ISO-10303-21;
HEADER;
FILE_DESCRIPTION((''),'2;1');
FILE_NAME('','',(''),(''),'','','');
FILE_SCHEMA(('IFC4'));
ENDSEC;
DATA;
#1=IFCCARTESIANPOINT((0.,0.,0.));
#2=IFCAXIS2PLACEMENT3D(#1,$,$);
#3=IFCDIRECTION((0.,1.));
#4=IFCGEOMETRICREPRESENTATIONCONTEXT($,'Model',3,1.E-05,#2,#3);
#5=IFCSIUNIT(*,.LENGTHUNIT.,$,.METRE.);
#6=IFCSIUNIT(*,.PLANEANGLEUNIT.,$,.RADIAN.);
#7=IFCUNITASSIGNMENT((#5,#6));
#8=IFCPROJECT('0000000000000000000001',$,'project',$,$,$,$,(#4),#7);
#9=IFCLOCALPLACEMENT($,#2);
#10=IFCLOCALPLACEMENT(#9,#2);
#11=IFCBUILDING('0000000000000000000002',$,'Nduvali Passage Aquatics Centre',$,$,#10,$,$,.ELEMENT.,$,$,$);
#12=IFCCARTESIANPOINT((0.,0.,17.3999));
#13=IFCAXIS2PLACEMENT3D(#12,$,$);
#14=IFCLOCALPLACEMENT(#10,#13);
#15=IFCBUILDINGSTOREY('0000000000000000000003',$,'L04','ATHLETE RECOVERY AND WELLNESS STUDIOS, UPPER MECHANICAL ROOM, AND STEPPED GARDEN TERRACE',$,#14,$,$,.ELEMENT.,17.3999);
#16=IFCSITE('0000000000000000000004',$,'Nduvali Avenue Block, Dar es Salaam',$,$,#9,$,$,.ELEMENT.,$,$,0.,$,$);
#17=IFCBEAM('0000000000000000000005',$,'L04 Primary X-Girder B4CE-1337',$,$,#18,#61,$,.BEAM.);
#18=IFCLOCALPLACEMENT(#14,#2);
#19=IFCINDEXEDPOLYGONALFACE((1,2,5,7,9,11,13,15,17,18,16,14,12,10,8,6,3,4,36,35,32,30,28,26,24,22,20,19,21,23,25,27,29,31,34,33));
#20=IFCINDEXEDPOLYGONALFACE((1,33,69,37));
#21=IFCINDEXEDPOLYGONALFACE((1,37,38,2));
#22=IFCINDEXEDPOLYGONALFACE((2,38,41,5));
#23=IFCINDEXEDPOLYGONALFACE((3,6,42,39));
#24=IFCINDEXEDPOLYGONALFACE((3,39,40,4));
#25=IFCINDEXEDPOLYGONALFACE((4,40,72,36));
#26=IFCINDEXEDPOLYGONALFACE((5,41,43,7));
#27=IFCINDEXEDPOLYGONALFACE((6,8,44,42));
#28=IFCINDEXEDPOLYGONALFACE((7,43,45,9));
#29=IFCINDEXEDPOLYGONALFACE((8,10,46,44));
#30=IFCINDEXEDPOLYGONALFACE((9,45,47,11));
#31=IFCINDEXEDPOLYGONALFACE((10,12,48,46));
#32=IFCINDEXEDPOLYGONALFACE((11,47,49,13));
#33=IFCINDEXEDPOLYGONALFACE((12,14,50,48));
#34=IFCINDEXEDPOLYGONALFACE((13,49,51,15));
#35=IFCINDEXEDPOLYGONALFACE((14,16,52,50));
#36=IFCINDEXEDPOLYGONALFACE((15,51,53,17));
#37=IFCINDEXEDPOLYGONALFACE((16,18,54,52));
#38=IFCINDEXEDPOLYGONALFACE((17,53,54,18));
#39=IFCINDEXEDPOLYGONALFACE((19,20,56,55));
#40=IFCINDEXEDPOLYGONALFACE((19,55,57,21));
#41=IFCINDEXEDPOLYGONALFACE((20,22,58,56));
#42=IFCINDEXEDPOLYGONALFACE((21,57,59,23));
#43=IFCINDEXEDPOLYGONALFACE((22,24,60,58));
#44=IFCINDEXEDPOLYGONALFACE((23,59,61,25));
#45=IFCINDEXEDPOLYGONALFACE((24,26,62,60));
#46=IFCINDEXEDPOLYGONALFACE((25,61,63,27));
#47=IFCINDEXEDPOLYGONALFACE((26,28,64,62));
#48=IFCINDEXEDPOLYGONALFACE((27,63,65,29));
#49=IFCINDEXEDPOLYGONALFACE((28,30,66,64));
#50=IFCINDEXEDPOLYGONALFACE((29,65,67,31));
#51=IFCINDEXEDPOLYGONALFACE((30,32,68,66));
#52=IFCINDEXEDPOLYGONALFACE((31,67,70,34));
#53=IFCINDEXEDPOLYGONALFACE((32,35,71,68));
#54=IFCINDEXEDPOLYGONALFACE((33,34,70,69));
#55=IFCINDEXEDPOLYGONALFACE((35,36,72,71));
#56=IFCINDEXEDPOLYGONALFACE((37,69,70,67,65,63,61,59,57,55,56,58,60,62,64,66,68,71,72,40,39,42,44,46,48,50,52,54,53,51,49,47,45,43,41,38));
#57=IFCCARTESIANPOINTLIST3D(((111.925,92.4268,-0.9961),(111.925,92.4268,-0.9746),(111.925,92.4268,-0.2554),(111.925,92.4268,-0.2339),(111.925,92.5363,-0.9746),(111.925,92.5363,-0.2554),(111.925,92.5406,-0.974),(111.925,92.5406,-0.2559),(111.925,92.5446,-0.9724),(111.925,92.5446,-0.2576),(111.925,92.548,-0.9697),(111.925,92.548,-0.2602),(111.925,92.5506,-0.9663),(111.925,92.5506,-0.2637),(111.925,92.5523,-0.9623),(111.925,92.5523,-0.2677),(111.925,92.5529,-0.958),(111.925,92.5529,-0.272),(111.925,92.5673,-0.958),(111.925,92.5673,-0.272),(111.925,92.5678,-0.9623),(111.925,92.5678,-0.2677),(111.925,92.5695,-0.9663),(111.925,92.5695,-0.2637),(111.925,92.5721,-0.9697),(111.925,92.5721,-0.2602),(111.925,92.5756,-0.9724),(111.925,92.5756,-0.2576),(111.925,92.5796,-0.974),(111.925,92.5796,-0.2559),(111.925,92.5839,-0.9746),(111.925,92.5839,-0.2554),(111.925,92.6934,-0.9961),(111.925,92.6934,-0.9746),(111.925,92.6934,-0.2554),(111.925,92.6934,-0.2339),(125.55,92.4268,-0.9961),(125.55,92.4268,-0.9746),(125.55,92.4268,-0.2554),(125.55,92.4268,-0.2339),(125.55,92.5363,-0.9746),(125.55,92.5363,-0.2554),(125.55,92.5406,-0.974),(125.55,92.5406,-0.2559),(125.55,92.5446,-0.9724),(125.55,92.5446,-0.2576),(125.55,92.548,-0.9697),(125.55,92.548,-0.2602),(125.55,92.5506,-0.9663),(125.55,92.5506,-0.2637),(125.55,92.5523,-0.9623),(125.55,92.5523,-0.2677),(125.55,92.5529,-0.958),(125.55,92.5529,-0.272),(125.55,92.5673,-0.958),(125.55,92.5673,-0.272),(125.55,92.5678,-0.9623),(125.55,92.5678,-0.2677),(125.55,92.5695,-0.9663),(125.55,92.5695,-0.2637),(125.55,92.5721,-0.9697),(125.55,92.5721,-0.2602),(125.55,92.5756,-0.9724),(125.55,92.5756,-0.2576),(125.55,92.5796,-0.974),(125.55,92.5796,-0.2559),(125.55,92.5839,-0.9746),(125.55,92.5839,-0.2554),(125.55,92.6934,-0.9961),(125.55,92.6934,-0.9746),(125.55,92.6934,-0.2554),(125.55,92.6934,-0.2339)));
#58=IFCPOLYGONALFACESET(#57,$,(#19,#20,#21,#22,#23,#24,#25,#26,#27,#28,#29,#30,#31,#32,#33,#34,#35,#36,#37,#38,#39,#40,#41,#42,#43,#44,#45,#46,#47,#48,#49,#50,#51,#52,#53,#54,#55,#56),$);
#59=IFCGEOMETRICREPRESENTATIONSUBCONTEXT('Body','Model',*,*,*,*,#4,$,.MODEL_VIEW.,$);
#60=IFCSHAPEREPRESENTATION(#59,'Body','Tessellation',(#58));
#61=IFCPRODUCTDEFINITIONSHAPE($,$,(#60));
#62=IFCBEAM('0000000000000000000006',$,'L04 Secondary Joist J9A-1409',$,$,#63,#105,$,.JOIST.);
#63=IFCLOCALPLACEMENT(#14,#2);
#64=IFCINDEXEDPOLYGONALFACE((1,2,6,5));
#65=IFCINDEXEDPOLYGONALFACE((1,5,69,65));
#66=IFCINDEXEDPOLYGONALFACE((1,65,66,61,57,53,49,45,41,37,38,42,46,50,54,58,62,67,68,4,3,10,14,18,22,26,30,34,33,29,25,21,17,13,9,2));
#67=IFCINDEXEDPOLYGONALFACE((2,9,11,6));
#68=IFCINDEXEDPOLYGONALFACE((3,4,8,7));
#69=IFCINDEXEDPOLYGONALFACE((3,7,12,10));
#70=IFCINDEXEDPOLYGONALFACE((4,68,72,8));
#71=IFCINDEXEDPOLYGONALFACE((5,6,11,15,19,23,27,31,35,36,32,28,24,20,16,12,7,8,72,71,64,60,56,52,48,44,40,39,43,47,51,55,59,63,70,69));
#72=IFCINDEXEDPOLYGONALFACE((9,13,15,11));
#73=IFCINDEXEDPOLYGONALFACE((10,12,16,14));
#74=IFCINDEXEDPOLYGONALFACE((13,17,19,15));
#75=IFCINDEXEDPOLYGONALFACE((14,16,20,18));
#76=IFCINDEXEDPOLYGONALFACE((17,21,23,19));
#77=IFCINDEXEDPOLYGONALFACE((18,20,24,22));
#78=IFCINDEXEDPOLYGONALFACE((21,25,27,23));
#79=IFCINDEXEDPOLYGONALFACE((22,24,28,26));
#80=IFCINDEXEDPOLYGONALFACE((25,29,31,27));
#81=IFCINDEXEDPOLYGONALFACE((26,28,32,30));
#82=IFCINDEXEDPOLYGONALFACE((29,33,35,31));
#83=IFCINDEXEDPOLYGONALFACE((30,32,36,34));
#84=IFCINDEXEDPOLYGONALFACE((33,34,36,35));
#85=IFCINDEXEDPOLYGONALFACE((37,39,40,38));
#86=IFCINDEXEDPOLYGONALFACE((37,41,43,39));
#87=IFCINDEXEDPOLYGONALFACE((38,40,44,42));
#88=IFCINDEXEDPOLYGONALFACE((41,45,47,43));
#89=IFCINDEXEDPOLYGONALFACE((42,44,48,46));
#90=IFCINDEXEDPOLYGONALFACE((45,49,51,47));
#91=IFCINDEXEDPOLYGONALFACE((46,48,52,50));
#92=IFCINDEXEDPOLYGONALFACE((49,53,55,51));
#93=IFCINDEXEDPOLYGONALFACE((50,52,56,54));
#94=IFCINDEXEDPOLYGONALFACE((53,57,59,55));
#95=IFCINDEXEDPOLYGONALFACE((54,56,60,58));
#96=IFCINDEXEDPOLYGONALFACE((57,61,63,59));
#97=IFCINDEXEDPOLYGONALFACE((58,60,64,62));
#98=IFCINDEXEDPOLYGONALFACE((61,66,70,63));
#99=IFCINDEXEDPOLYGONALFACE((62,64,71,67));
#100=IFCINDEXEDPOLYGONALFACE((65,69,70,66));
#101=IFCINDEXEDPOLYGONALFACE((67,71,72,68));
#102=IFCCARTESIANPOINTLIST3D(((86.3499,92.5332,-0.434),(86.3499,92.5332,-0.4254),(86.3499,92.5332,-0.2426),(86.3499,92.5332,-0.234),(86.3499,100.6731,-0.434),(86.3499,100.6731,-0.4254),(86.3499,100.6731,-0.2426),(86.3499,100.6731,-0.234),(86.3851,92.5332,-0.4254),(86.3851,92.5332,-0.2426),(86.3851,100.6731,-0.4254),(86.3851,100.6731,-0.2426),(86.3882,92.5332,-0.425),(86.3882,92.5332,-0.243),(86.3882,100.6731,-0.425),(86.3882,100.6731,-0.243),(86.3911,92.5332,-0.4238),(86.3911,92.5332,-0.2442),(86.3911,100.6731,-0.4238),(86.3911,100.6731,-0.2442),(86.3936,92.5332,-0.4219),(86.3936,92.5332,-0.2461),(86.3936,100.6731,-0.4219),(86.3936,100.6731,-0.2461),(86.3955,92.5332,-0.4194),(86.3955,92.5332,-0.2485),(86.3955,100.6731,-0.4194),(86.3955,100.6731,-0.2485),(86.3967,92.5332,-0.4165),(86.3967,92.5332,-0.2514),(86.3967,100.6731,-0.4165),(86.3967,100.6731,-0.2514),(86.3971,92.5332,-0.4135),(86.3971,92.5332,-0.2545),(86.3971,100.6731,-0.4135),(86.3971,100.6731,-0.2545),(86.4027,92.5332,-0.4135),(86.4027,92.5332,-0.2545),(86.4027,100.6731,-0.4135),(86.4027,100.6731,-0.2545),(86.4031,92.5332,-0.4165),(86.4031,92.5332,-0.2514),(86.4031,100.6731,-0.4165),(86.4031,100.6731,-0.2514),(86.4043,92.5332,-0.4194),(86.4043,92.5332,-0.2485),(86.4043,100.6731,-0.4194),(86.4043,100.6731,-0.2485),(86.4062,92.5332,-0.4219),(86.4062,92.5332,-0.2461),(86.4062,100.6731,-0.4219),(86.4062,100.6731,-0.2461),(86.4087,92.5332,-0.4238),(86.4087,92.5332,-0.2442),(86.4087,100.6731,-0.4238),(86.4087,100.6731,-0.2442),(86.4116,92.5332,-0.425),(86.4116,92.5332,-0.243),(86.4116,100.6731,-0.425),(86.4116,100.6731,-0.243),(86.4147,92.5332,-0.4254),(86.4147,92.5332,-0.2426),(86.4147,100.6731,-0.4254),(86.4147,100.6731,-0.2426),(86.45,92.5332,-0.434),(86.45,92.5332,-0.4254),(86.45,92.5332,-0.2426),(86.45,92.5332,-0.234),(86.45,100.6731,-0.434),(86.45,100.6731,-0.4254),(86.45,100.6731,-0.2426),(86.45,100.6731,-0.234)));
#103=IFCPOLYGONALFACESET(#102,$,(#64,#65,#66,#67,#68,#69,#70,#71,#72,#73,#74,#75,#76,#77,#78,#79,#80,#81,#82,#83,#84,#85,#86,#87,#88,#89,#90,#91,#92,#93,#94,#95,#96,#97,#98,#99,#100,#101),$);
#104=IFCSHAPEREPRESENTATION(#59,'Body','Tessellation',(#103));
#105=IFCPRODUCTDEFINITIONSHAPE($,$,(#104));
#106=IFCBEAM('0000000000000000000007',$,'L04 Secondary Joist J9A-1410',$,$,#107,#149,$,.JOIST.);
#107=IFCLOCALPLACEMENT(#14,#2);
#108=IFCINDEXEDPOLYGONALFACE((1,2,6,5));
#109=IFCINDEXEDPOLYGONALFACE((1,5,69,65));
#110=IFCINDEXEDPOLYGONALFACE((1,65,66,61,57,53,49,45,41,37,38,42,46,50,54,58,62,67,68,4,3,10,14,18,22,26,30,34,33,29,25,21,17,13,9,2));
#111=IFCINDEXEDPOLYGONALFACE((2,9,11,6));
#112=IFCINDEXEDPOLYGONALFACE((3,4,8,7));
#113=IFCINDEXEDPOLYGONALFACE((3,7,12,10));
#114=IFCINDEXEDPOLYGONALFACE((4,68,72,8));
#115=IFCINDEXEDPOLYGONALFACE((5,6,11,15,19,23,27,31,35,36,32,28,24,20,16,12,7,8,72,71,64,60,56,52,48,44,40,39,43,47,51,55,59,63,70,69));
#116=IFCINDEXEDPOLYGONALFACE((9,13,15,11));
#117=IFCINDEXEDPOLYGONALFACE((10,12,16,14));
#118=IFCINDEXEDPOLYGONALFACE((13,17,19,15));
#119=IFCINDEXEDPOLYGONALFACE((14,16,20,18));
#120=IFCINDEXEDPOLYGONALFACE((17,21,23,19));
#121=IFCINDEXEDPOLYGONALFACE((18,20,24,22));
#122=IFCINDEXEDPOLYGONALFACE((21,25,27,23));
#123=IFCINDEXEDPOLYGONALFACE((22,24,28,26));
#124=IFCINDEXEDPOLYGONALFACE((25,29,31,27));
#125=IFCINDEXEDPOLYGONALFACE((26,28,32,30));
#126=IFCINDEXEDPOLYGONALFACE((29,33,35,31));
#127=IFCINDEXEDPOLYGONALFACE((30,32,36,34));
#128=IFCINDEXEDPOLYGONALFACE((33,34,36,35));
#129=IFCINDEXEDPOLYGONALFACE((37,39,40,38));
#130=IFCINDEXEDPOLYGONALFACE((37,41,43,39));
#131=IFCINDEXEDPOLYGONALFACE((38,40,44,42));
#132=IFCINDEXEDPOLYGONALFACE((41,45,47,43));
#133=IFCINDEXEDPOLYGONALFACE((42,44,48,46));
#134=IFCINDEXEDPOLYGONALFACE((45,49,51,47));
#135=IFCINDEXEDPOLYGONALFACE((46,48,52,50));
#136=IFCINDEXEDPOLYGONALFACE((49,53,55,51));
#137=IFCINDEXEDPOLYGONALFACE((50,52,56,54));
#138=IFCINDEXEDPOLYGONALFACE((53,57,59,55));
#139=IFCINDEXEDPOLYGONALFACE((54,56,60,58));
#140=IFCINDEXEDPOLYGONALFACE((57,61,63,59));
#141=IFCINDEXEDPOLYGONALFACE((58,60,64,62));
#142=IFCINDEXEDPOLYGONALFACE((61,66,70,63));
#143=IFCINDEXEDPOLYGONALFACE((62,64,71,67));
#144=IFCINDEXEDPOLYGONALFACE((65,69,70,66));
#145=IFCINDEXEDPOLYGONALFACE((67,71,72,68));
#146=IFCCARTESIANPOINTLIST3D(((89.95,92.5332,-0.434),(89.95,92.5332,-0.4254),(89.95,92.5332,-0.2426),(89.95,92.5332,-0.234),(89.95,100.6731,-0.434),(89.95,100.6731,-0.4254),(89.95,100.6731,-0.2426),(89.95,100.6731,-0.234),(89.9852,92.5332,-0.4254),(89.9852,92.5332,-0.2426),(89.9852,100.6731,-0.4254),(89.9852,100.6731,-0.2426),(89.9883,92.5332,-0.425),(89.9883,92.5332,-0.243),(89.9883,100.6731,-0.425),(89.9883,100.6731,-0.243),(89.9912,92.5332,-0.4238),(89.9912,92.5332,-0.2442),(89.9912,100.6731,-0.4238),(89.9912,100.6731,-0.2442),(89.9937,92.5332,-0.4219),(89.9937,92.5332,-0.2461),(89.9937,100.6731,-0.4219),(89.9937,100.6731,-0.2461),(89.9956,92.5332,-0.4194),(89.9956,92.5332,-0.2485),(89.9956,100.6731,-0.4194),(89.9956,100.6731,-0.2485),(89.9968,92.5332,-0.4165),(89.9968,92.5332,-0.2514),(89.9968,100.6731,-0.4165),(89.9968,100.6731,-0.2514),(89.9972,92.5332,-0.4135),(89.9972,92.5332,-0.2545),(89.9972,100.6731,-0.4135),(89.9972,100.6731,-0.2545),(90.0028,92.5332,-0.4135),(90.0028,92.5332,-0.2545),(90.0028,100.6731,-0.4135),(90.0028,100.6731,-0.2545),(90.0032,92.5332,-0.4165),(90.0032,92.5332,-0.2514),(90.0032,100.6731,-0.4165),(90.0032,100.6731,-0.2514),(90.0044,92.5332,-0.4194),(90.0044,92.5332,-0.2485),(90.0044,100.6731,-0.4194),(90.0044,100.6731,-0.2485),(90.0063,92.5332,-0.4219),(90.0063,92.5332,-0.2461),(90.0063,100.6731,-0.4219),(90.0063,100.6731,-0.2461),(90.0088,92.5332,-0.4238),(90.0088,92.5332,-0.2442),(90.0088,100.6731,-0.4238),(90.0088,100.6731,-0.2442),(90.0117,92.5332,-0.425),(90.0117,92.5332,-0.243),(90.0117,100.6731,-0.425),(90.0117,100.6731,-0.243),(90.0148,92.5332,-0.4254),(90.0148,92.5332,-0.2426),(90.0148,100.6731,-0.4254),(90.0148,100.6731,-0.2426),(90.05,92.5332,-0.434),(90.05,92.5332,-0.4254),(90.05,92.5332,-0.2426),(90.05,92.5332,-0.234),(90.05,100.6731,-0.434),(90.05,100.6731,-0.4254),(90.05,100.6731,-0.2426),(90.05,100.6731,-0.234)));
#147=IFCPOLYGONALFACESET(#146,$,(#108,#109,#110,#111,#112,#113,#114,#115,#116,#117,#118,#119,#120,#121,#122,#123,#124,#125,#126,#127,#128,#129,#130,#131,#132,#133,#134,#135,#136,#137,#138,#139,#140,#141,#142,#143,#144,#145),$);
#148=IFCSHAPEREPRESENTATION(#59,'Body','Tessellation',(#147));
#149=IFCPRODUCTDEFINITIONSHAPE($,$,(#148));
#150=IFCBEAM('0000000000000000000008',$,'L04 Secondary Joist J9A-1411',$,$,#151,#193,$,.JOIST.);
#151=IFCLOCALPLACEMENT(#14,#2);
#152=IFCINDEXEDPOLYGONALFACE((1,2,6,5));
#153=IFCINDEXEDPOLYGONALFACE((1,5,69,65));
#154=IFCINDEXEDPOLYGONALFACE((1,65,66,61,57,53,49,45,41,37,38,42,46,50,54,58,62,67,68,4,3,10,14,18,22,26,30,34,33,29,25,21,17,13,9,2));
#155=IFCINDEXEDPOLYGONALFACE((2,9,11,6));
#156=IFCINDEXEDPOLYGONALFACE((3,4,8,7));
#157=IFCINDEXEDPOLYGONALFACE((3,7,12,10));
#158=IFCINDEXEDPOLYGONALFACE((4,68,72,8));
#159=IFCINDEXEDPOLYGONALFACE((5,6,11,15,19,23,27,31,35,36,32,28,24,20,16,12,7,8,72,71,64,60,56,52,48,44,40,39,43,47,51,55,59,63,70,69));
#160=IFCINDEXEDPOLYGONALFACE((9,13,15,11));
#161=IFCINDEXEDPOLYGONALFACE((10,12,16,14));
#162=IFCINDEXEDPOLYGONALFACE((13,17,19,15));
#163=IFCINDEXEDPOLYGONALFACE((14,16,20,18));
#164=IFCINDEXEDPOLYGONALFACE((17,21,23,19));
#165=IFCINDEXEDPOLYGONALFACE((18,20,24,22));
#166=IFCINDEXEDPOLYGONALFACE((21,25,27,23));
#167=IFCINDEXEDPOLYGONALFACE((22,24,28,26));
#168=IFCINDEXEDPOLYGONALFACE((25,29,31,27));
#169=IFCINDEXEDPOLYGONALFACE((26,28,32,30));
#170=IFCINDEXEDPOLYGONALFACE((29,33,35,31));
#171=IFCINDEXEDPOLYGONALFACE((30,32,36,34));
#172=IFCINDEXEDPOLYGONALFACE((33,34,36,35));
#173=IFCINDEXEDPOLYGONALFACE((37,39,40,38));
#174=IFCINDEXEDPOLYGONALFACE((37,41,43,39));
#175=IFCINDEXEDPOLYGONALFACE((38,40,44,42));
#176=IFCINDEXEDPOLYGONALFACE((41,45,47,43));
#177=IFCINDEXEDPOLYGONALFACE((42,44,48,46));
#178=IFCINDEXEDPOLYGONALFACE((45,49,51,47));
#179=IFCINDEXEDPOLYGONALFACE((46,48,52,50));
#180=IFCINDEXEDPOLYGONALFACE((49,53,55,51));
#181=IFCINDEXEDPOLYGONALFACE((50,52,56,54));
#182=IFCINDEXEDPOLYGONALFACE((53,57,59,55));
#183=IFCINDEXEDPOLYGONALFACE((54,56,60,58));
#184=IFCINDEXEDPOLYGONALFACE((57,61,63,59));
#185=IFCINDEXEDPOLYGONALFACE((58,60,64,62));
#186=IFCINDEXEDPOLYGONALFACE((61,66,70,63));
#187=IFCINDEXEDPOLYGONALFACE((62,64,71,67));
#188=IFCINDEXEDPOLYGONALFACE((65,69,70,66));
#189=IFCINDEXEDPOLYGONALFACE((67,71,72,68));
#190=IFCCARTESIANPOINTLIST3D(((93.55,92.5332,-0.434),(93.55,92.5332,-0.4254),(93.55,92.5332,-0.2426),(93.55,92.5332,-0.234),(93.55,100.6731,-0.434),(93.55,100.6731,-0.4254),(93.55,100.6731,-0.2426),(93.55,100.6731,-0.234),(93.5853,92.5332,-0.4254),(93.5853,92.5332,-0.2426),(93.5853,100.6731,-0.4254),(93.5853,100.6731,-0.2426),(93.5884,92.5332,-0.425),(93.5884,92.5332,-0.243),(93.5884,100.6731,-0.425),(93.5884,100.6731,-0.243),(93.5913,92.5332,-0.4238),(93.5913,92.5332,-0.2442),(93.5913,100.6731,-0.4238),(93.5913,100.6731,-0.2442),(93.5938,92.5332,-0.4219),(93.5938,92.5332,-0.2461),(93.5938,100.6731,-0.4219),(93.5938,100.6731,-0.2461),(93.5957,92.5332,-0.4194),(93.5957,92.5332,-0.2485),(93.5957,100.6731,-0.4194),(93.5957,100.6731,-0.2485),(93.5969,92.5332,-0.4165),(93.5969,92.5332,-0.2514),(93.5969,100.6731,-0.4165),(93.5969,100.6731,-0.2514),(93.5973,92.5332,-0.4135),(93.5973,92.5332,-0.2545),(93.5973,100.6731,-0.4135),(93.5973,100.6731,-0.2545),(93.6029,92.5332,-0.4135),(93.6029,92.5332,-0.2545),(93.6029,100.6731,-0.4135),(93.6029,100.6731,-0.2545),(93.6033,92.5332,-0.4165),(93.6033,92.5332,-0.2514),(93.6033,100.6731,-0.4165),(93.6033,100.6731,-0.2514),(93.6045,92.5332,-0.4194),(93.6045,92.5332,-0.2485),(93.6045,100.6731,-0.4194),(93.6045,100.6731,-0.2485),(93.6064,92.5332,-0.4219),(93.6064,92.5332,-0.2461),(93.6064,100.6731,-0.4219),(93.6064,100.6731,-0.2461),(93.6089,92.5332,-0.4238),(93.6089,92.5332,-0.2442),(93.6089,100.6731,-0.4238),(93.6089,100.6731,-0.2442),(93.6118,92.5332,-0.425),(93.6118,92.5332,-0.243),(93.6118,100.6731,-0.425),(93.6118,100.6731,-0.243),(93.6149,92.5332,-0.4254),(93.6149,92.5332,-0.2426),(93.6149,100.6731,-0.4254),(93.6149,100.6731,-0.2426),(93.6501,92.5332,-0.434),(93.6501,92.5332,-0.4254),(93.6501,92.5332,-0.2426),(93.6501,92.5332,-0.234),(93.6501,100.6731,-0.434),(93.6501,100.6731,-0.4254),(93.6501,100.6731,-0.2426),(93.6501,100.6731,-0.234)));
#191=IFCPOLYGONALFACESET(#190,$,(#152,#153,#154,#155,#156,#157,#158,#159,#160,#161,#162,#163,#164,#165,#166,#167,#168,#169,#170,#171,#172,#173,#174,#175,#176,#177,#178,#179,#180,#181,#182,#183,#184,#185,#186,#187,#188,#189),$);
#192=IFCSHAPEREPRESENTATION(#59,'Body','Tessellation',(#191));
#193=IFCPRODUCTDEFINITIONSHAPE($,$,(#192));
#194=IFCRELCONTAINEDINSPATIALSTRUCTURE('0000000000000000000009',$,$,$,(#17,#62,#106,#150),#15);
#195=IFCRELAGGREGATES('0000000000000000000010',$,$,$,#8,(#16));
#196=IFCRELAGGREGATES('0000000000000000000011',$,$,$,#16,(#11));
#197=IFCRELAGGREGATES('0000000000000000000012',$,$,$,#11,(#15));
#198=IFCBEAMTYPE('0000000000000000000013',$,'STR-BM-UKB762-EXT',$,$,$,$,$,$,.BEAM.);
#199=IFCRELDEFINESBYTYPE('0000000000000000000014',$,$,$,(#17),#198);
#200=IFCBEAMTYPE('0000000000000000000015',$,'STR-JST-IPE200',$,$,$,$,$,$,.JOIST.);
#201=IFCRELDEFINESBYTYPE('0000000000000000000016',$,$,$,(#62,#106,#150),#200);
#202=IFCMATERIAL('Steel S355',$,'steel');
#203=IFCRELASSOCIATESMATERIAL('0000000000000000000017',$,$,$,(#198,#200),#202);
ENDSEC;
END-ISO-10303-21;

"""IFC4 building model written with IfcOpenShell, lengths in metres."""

from ifc_helpers import new_model, si_unit, direction, frame, origin, origin_2d, place, context, subcontext, project, spatial, i_section, extrude, material, material_profile, profile_set, type_object, element, save


model = new_model("IFC4")

# Units and contexts
model_context = context("Model", 3, precision=1e-05, world=origin(), true_north=direction((0.0, 1.0)))
body_context = subcontext(model_context, "Body", "Model", "MODEL_VIEW")
ifc_project = project(units=[si_unit("LENGTHUNIT", "METRE"), si_unit("PLANEANGLEUNIT", "RADIAN")], contexts=[model_context])

# Site, building, storey
site_placement = place(None, origin())
site = spatial("IfcSite", under=ifc_project, at=site_placement, Name="Nduvali Avenue Block, Dar es Salaam", CompositionType="ELEMENT", RefElevation=0.0)
building_placement = place(site_placement, origin())
building = spatial("IfcBuilding", under=site, at=building_placement, Name="Nduvali Passage Aquatics Centre", CompositionType="ELEMENT")
storey_placement = place(building_placement, frame((0.0, 0.0, 17.3999)))
storey = spatial("IfcBuildingStorey", under=building, at=storey_placement, Name="L04", Description="ATHLETE RECOVERY AND WELLNESS STUDIOS, UPPER MECHANICAL ROOM, AND STEPPED GARDEN TERRACE", CompositionType="ELEMENT", Elevation=17.3999)

# Beams
ifc_material_1 = material(Name="Steel S355", Category="steel")
ifc_material_profile_1 = material_profile(ifc_material_1, i_section(OverallWidth=0.2666, OverallDepth=0.7622, WebThickness=0.0144, FlangeThickness=0.0215, FilletRadius=0.0166, at=origin_2d()), Name="UKB 762x267x173")
ifc_profile_set_1 = profile_set([ifc_material_profile_1], Name="Steel S355")
beam_type_1 = type_object("IfcBeamType", Name="STR-BM-UKB762-EXT", PredefinedType="BEAM", material=ifc_profile_set_1)
beam_placement = place(storey_placement, frame((111.925, 92.5601, -0.615), z_axis=(1.0, 0.0, 0.0), x_axis=(0.0, 1.0, 0.0)))
element("IfcBeam", 1, at=beam_placement, inside=storey, type_object=beam_type_1, Name="L04 Primary X-Girder B4CE-1337", PredefinedType="BEAM", context=body_context, shape_type="SweptSolid", body=[
    extrude(i_section(OverallWidth=0.2666, OverallDepth=0.7622, WebThickness=0.0144, FlangeThickness=0.0215, FilletRadius=0.0166, at=origin_2d()), origin(), (0.0, 0.0, 1.0), 13.625),
])
ifc_material_profile_2 = material_profile(ifc_material_1, i_section(OverallWidth=0.1001, OverallDepth=0.2, WebThickness=0.0056, FlangeThickness=0.0085, FilletRadius=0.012, at=origin_2d()), Name="IPE 200")
ifc_profile_set_2 = profile_set([ifc_material_profile_2], Name="Steel S355")
beam_type_2 = type_object("IfcBeamType", Name="STR-JST-IPE200", PredefinedType="JOIST", material=ifc_profile_set_2)
for number, where, z_axis, x_axis, name in (
    (2, (86.3999, 92.5332, -0.334), (0.0, 1.0, 0.0), (-1.0, 0.0, 0.0), "L04 Secondary Joist J9A-1409"),
    (3, (90.0, 92.5332, -0.334), (0.0, 1.0, 0.0), (-1.0, 0.0, 0.0), "L04 Secondary Joist J9A-1410"),
    (4, (93.6001, 92.5332, -0.334), (0.0, 1.0, 0.0), (-1.0, 0.0, 0.0), "L04 Secondary Joist J9A-1411"),
):
    element("IfcBeam", number, at=place(storey_placement, frame(where, z_axis=z_axis, x_axis=x_axis)), inside=storey, type_object=beam_type_2, Name=name, PredefinedType="JOIST", context=body_context, shape_type="SweptSolid", body=[
        extrude(i_section(OverallWidth=0.1001, OverallDepth=0.2, WebThickness=0.0056, FlangeThickness=0.0085, FilletRadius=0.012, at=origin_2d()), origin(), (0.0, 0.0, 1.0), 8.1399),
    ])

save(model, "model.ifc")
